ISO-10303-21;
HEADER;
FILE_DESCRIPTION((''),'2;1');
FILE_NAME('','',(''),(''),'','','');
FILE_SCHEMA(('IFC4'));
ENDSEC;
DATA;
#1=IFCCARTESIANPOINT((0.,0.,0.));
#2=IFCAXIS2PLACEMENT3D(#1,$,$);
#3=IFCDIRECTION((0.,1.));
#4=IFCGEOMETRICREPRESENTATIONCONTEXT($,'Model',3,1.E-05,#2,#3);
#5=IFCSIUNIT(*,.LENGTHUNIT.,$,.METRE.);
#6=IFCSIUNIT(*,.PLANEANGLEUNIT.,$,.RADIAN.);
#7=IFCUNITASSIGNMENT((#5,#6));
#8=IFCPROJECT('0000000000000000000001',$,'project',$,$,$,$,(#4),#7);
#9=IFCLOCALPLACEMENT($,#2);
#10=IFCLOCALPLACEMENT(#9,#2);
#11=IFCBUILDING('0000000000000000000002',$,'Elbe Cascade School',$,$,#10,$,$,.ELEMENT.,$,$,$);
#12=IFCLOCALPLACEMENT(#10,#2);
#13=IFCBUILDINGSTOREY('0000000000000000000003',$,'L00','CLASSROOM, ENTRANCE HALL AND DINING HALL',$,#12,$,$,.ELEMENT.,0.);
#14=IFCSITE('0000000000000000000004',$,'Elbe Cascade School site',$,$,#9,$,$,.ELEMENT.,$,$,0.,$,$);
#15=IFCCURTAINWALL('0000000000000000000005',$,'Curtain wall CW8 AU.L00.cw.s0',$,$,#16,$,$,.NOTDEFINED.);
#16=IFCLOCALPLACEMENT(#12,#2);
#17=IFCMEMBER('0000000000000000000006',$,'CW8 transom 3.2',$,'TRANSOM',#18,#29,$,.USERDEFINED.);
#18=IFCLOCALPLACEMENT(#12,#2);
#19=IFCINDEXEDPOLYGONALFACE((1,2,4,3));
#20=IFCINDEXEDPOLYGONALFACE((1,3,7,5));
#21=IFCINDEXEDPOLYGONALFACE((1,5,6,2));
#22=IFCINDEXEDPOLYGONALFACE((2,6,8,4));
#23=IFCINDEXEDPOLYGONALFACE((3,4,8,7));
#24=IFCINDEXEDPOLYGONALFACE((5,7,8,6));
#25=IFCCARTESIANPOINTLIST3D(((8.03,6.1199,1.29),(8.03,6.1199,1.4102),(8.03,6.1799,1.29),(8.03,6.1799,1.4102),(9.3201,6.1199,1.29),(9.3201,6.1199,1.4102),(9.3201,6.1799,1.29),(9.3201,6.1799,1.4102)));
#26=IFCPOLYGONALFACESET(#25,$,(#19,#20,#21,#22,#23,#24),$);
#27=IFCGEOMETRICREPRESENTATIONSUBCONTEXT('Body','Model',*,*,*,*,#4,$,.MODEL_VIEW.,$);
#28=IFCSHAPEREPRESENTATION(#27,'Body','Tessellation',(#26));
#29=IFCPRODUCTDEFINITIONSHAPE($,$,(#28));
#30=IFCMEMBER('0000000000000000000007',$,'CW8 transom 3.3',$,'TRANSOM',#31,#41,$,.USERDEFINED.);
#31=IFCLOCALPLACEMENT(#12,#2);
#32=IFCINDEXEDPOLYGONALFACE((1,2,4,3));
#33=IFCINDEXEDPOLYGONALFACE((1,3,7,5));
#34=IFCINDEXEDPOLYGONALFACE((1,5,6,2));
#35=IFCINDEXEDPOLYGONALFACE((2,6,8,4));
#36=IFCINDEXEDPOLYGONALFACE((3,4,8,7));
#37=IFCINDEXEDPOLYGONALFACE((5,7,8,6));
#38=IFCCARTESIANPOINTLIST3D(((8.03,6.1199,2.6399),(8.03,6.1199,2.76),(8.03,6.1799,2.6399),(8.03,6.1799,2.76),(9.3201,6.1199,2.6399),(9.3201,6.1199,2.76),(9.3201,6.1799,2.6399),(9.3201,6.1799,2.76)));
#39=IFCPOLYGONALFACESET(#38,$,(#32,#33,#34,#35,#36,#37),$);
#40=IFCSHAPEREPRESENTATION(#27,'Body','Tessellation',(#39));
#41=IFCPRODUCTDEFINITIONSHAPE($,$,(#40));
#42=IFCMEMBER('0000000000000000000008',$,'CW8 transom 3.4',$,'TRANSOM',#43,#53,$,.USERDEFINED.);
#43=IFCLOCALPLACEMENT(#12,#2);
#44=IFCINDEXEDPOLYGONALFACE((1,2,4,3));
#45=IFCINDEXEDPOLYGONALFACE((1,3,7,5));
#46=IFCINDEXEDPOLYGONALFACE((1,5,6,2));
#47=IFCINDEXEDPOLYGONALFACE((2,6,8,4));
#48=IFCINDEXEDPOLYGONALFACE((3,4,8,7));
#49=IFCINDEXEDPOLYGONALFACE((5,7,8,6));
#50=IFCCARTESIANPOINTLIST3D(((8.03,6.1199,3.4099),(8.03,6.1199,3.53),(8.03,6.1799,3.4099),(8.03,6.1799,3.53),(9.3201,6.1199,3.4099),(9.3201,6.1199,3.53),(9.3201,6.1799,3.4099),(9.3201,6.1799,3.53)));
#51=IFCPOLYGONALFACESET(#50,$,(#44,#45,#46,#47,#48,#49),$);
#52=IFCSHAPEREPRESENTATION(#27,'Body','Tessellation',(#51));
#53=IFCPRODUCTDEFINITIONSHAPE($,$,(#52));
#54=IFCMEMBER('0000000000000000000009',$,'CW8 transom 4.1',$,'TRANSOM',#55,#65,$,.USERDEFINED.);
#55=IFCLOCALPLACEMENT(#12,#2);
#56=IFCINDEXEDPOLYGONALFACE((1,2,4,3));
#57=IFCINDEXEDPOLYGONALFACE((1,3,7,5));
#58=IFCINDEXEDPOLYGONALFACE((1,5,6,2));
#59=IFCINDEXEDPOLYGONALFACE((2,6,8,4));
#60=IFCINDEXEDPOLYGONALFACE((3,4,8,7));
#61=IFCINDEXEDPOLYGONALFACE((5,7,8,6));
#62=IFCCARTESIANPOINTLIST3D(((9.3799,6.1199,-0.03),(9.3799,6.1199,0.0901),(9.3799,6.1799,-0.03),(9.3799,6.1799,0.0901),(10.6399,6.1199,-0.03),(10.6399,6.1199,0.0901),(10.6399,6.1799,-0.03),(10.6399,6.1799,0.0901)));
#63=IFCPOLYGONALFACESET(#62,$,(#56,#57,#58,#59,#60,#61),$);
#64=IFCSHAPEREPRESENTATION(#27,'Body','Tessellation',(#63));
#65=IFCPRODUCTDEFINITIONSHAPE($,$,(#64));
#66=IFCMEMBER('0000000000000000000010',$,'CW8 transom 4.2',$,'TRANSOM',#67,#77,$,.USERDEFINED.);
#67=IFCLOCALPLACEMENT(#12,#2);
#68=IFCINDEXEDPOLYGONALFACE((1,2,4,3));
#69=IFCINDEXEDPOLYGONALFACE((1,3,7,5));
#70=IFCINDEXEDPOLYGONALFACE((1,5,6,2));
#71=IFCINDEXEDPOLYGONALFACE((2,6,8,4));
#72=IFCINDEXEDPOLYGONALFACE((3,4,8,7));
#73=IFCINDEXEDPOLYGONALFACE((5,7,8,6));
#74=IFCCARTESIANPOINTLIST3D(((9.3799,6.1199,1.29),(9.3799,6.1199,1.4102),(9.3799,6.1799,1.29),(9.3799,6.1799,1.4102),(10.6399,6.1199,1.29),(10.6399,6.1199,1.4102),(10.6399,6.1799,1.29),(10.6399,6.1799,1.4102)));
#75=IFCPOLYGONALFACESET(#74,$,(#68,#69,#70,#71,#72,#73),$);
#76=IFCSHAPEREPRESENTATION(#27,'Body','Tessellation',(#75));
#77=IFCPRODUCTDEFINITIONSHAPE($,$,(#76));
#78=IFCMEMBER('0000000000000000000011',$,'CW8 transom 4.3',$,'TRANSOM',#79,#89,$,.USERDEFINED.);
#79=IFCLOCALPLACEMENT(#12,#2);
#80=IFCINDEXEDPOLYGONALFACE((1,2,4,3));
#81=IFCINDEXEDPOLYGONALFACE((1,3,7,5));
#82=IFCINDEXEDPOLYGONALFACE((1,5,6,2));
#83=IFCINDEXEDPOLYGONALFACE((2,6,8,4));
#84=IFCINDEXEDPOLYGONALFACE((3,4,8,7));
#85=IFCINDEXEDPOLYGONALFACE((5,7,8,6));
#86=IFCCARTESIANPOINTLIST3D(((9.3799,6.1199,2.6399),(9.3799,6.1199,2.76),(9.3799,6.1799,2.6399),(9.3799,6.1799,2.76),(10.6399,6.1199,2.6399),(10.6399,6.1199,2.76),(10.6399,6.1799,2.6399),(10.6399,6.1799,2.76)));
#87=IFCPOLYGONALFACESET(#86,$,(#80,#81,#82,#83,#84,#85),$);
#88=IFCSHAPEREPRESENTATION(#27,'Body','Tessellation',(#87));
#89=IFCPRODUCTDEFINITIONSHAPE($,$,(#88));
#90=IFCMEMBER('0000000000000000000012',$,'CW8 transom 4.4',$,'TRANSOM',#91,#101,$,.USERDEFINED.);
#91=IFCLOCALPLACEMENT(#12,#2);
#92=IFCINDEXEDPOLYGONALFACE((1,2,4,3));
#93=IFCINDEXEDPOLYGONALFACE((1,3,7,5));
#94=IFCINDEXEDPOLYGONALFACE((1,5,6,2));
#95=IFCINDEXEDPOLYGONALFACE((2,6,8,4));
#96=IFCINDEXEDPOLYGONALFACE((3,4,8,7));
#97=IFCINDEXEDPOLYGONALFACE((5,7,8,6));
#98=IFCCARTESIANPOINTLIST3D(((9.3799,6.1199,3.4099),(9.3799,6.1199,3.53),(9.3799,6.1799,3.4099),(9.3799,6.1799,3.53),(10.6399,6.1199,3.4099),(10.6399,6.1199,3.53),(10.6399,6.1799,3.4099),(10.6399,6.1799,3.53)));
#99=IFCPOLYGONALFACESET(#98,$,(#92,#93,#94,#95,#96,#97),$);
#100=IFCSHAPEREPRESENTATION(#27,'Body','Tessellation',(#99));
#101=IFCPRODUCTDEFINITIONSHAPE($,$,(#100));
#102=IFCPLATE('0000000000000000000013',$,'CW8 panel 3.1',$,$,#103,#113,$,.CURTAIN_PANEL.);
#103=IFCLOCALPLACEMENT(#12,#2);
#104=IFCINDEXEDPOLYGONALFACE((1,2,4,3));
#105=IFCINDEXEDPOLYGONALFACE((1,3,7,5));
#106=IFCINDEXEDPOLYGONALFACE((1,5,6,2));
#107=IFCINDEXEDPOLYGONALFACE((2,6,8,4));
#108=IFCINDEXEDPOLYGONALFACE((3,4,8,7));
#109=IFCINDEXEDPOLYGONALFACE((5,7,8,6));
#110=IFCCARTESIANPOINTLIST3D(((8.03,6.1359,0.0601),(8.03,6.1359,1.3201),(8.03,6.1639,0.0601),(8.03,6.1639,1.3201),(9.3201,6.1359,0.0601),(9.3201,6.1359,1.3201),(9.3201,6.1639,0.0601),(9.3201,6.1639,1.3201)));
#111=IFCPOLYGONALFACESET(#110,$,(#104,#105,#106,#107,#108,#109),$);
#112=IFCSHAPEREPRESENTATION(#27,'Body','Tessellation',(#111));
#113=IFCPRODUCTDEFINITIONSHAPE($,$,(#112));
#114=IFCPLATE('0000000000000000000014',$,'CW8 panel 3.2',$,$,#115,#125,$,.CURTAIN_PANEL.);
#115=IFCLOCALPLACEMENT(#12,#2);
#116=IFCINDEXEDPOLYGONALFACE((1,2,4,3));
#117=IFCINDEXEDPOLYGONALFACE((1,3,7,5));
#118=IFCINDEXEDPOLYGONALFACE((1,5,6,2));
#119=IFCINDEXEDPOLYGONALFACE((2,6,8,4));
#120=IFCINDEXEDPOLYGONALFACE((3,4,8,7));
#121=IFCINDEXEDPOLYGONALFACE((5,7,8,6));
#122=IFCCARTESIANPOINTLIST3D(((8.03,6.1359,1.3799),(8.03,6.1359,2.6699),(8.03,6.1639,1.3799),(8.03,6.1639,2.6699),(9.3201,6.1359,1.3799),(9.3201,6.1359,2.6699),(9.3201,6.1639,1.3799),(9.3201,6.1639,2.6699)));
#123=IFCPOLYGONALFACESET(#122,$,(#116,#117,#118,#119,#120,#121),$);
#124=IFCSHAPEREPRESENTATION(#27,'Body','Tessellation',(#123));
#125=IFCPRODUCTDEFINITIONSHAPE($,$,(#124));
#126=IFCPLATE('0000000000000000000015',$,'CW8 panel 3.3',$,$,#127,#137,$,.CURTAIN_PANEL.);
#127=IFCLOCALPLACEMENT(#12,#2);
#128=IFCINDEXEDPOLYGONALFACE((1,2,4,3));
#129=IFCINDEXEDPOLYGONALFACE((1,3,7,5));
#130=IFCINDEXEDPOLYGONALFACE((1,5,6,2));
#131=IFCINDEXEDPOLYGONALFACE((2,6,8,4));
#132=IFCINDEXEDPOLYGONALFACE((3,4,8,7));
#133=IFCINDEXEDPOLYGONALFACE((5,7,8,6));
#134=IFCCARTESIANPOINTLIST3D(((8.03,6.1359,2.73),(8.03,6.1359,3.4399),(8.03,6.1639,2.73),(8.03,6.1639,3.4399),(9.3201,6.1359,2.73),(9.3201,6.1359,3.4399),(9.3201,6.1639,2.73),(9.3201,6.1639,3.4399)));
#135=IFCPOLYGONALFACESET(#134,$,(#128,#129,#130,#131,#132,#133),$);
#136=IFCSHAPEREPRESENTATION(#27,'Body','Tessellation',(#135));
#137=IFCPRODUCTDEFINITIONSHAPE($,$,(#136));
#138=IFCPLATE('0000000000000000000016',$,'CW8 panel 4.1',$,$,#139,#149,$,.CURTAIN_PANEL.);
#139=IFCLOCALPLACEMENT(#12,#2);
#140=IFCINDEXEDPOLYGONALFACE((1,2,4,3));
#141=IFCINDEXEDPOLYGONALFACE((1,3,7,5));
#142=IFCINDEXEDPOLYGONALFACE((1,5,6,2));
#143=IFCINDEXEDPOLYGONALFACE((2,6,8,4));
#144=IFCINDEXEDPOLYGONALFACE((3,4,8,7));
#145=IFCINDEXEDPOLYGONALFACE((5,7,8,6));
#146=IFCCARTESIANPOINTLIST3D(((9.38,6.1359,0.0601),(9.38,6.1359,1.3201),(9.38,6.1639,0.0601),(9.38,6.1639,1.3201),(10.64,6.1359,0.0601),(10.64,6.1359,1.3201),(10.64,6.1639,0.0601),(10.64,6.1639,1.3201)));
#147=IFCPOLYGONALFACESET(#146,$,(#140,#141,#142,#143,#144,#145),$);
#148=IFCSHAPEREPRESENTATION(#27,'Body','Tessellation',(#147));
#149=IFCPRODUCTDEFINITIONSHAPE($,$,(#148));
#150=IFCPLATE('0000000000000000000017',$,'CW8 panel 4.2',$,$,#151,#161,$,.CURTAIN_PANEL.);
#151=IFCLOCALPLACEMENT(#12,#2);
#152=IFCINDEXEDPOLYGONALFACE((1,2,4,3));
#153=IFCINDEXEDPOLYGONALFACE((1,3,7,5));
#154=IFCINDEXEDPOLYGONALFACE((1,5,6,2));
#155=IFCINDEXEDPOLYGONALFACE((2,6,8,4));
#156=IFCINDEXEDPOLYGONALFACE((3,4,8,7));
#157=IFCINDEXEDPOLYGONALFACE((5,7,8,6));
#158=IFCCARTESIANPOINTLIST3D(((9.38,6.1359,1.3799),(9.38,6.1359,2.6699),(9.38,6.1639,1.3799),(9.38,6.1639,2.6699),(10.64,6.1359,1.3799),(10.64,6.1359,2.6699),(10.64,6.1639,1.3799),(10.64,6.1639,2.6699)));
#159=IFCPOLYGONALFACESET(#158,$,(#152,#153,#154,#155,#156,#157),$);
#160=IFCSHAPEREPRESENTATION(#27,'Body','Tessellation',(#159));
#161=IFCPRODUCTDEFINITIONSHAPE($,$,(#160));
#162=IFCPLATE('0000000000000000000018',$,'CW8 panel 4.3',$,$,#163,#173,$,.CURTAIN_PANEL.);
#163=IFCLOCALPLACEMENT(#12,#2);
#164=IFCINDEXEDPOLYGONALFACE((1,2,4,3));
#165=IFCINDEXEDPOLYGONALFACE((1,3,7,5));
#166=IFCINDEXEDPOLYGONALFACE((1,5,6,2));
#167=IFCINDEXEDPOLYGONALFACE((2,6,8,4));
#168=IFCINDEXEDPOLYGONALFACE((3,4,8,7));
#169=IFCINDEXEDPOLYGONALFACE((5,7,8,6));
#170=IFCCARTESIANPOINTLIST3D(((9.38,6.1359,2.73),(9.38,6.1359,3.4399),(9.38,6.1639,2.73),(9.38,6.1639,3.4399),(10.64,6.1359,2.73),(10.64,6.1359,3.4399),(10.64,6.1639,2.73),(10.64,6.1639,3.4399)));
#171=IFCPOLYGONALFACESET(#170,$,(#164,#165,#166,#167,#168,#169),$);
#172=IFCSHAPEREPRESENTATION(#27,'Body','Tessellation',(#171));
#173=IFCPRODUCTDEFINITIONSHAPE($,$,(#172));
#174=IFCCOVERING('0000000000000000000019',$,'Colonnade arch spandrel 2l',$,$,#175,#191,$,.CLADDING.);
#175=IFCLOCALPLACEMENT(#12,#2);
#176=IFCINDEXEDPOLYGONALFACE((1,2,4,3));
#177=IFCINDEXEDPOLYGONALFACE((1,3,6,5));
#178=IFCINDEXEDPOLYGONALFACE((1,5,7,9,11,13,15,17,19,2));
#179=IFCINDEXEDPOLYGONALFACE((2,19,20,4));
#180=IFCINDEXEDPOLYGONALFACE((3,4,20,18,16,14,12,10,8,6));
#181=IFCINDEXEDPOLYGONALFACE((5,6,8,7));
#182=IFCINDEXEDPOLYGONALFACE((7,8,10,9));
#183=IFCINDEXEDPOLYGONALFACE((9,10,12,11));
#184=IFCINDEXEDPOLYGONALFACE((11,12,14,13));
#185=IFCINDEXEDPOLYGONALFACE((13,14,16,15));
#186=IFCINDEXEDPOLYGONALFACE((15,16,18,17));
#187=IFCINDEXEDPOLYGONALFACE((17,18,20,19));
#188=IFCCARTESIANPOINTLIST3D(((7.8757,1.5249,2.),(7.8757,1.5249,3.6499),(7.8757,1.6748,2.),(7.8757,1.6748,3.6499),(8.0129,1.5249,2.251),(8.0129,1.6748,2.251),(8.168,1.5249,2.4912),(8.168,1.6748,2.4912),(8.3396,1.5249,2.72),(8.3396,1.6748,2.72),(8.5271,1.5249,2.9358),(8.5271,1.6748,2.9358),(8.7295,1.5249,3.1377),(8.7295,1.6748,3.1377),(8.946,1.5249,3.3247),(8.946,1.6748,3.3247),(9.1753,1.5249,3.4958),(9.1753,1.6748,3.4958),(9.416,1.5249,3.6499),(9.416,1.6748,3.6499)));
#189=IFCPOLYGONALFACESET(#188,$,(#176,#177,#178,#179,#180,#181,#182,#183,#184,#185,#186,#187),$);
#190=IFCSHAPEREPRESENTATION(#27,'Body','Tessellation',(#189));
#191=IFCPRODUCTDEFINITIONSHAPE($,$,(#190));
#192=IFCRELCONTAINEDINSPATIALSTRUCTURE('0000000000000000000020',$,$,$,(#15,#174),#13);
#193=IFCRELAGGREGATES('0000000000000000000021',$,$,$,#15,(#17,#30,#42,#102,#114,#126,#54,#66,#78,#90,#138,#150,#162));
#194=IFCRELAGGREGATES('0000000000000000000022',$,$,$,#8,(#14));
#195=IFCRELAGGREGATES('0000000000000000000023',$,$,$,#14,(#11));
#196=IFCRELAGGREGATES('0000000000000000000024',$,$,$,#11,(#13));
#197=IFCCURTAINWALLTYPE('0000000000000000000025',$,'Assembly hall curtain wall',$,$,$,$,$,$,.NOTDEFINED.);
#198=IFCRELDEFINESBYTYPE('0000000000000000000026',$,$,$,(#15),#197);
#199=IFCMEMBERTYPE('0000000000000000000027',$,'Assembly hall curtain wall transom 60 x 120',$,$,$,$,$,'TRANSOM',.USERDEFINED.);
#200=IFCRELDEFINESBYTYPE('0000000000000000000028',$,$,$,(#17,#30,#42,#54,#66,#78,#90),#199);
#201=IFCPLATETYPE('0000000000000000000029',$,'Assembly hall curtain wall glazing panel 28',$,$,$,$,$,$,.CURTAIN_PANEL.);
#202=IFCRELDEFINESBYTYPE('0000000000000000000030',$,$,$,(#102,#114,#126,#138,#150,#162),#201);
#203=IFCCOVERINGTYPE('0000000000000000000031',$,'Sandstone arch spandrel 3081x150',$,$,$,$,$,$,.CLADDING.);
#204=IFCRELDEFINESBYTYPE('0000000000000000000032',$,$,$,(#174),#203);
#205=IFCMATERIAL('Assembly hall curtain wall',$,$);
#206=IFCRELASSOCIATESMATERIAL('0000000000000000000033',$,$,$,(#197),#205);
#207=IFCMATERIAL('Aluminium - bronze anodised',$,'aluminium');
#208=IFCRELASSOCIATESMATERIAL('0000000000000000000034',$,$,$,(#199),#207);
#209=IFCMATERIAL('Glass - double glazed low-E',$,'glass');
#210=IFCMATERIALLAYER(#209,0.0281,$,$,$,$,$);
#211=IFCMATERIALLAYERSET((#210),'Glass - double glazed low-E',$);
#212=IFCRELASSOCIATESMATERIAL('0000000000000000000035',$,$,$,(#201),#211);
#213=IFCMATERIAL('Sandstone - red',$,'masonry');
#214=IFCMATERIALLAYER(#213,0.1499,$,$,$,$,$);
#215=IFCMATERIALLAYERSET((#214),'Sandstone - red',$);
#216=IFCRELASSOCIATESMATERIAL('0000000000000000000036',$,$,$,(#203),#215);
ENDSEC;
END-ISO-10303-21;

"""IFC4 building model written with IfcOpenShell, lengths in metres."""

from ifc_helpers import new_model, si_unit, direction, frame, origin, origin_2d, place, context, subcontext, project, spatial, polyline, rectangle, outline, extrude, material, layer, layer_set, material_profile, profile_set, type_object, element, aggregate, save


model = new_model("IFC4")

# Units and contexts
model_context = context("Model", 3, precision=1e-05, world=origin(), true_north=direction((0.0, 1.0)))
body_context = subcontext(model_context, "Body", "Model", "MODEL_VIEW")
ifc_project = project(units=[si_unit("LENGTHUNIT", "METRE"), si_unit("PLANEANGLEUNIT", "RADIAN")], contexts=[model_context])

# Site, building, storey
site_placement = place(None, origin())
site = spatial("IfcSite", under=ifc_project, at=site_placement, Name="Elbe Cascade School site", CompositionType="ELEMENT", RefElevation=0.0)
building_placement = place(site_placement, origin())
building = spatial("IfcBuilding", under=site, at=building_placement, Name="Elbe Cascade School", CompositionType="ELEMENT")
storey_placement = place(building_placement, origin())
storey = spatial("IfcBuildingStorey", under=building, at=storey_placement, Name="L00", Description="CLASSROOM, ENTRANCE HALL AND DINING HALL", CompositionType="ELEMENT", Elevation=0.0)

# Curtain wall, members, plates
ifc_material_1 = material(Name="Assembly hall curtain wall")
curtain_wall_type = type_object("IfcCurtainWallType", Name="Assembly hall curtain wall", PredefinedType="NOTDEFINED", material=ifc_material_1)
curtain_wall_placement = place(storey_placement, origin())
curtain_wall = element("IfcCurtainWall", 1, at=curtain_wall_placement, inside=storey, type_object=curtain_wall_type, Name="Curtain wall CW8 AU.L00.cw.s0", PredefinedType="NOTDEFINED")
ifc_material_2 = material(Name="Aluminium - bronze anodised", Category="aluminium")
ifc_material_profile_1 = material_profile(ifc_material_2, rectangle(XDim=0.0601, YDim=0.1201, at=origin_2d()), Name="RECT 60x120")
ifc_profile_set_1 = profile_set([ifc_material_profile_1], Name="Aluminium - bronze anodised")
member_type_1 = type_object("IfcMemberType", Name="Assembly hall curtain wall transom 60 x 120", ElementType="TRANSOM", PredefinedType="USERDEFINED", material=ifc_profile_set_1)
member_1_placement = place(storey_placement, frame((8.03, 6.1499, 1.3501), z_axis=(1.0, 0.0, 0.0), x_axis=(0.0, 1.0, 0.0)))
member_1 = element("IfcMember", 2, at=member_1_placement, type_object=member_type_1, Name="CW8 transom 3.2", ObjectType="TRANSOM", PredefinedType="USERDEFINED", context=body_context, shape_type="SweptSolid", body=[
    extrude(rectangle(XDim=0.0601, YDim=0.1201, at=origin_2d()), origin(), (0.0, 0.0, 1.0), 1.29),
])
member_2_placement = place(storey_placement, frame((8.03, 6.1499, 2.7), z_axis=(1.0, 0.0, 0.0), x_axis=(0.0, 1.0, 0.0)))
member_2 = element("IfcMember", 3, at=member_2_placement, type_object=member_type_1, Name="CW8 transom 3.3", ObjectType="TRANSOM", PredefinedType="USERDEFINED", context=body_context, shape_type="SweptSolid", body=[
    extrude(rectangle(XDim=0.0601, YDim=0.1201, at=origin_2d()), origin(), (0.0, 0.0, 1.0), 1.29),
])
member_3_placement = place(storey_placement, frame((8.03, 6.1499, 3.47), z_axis=(1.0, 0.0, 0.0), x_axis=(0.0, 1.0, 0.0)))
member_3 = element("IfcMember", 4, at=member_3_placement, type_object=member_type_1, Name="CW8 transom 3.4", ObjectType="TRANSOM", PredefinedType="USERDEFINED", context=body_context, shape_type="SweptSolid", body=[
    extrude(rectangle(XDim=0.0601, YDim=0.1201, at=origin_2d()), origin(), (0.0, 0.0, 1.0), 1.29),
])
member_4_placement = place(storey_placement, frame((9.3799, 6.1499, 0.03), z_axis=(1.0, 0.0, 0.0), x_axis=(0.0, 1.0, 0.0)))
member_4 = element("IfcMember", 5, at=member_4_placement, type_object=member_type_1, Name="CW8 transom 4.1", ObjectType="TRANSOM", PredefinedType="USERDEFINED", context=body_context, shape_type="SweptSolid", body=[
    extrude(rectangle(XDim=0.0601, YDim=0.1201, at=origin_2d()), origin(), (0.0, 0.0, 1.0), 1.26),
])
member_5_placement = place(storey_placement, frame((9.3799, 6.1499, 1.3501), z_axis=(1.0, 0.0, 0.0), x_axis=(0.0, 1.0, 0.0)))
member_5 = element("IfcMember", 6, at=member_5_placement, type_object=member_type_1, Name="CW8 transom 4.2", ObjectType="TRANSOM", PredefinedType="USERDEFINED", context=body_context, shape_type="SweptSolid", body=[
    extrude(rectangle(XDim=0.0601, YDim=0.1201, at=origin_2d()), origin(), (0.0, 0.0, 1.0), 1.26),
])
member_6_placement = place(storey_placement, frame((9.3799, 6.1499, 2.7), z_axis=(1.0, 0.0, 0.0), x_axis=(0.0, 1.0, 0.0)))
member_6 = element("IfcMember", 7, at=member_6_placement, type_object=member_type_1, Name="CW8 transom 4.3", ObjectType="TRANSOM", PredefinedType="USERDEFINED", context=body_context, shape_type="SweptSolid", body=[
    extrude(rectangle(XDim=0.0601, YDim=0.1201, at=origin_2d()), origin(), (0.0, 0.0, 1.0), 1.26),
])
member_7_placement = place(storey_placement, frame((9.3799, 6.1499, 3.47), z_axis=(1.0, 0.0, 0.0), x_axis=(0.0, 1.0, 0.0)))
member_7 = element("IfcMember", 8, at=member_7_placement, type_object=member_type_1, Name="CW8 transom 4.4", ObjectType="TRANSOM", PredefinedType="USERDEFINED", context=body_context, shape_type="SweptSolid", body=[
    extrude(rectangle(XDim=0.0601, YDim=0.1201, at=origin_2d()), origin(), (0.0, 0.0, 1.0), 1.26),
])
ifc_material_3 = material(Name="Glass - double glazed low-E", Category="glass")
ifc_layer_1 = layer(ifc_material_3, 0.0281)
ifc_layer_set_1 = layer_set([ifc_layer_1], Name="Glass - double glazed low-E")
plate_type = type_object("IfcPlateType", Name="Assembly hall curtain wall glazing panel 28", PredefinedType="CURTAIN_PANEL", material=ifc_layer_set_1)
plate_1_placement = place(storey_placement, frame((8.675, 6.1499, 0.0601), z_axis=(0.0, 0.0, 1.0), x_axis=(1.0, 0.0, 0.0)))
plate_1 = element("IfcPlate", 9, at=plate_1_placement, type_object=plate_type, Name="CW8 panel 3.1", PredefinedType="CURTAIN_PANEL", context=body_context, shape_type="SweptSolid", body=[
    extrude(rectangle(XDim=1.29, YDim=0.0281, at=origin_2d()), origin(), (0.0, 0.0, 1.0), 1.26),
])
plate_2_placement = place(storey_placement, frame((8.675, 6.1499, 1.3799), z_axis=(0.0, 0.0, 1.0), x_axis=(1.0, 0.0, 0.0)))
plate_2 = element("IfcPlate", 10, at=plate_2_placement, type_object=plate_type, Name="CW8 panel 3.2", PredefinedType="CURTAIN_PANEL", context=body_context, shape_type="SweptSolid", body=[
    extrude(rectangle(XDim=1.29, YDim=0.0281, at=origin_2d()), origin(), (0.0, 0.0, 1.0), 1.29),
])
plate_3_placement = place(storey_placement, frame((8.675, 6.1499, 2.73), z_axis=(0.0, 0.0, 1.0), x_axis=(1.0, 0.0, 0.0)))
plate_3 = element("IfcPlate", 11, at=plate_3_placement, type_object=plate_type, Name="CW8 panel 3.3", PredefinedType="CURTAIN_PANEL", context=body_context, shape_type="SweptSolid", body=[
    extrude(rectangle(XDim=1.29, YDim=0.0281, at=origin_2d()), origin(), (0.0, 0.0, 1.0), 0.71),
])
plate_4_placement = place(storey_placement, frame((10.01, 6.1499, 0.0601), z_axis=(0.0, 0.0, 1.0), x_axis=(1.0, 0.0, 0.0)))
plate_4 = element("IfcPlate", 12, at=plate_4_placement, type_object=plate_type, Name="CW8 panel 4.1", PredefinedType="CURTAIN_PANEL", context=body_context, shape_type="SweptSolid", body=[
    extrude(rectangle(XDim=1.26, YDim=0.0281, at=origin_2d()), origin(), (0.0, 0.0, 1.0), 1.26),
])
plate_5_placement = place(storey_placement, frame((10.01, 6.1499, 1.3799), z_axis=(0.0, 0.0, 1.0), x_axis=(1.0, 0.0, 0.0)))
plate_5 = element("IfcPlate", 13, at=plate_5_placement, type_object=plate_type, Name="CW8 panel 4.2", PredefinedType="CURTAIN_PANEL", context=body_context, shape_type="SweptSolid", body=[
    extrude(rectangle(XDim=1.26, YDim=0.0281, at=origin_2d()), origin(), (0.0, 0.0, 1.0), 1.29),
])
plate_6_placement = place(storey_placement, frame((10.01, 6.1499, 2.73), z_axis=(0.0, 0.0, 1.0), x_axis=(1.0, 0.0, 0.0)))
plate_6 = element("IfcPlate", 14, at=plate_6_placement, type_object=plate_type, Name="CW8 panel 4.3", PredefinedType="CURTAIN_PANEL", context=body_context, shape_type="SweptSolid", body=[
    extrude(rectangle(XDim=1.26, YDim=0.0281, at=origin_2d()), origin(), (0.0, 0.0, 1.0), 0.71),
])
aggregate(curtain_wall, [member_1, member_2, member_3, plate_1, plate_2, plate_3, member_4, member_5, member_6, member_7, plate_4, plate_5, plate_6])

# Covering
ifc_material_4 = material(Name="Sandstone - red", Category="masonry")
ifc_layer_2 = layer(ifc_material_4, 0.1499)
ifc_layer_set_2 = layer_set([ifc_layer_2], Name="Sandstone - red")
covering_type = type_object("IfcCoveringType", Name="Sandstone arch spandrel 3081x150", PredefinedType="CLADDING", material=ifc_layer_set_2)
covering_1_placement = place(storey_placement, frame((7.8757, 1.5249, 3.6499), z_axis=(0.0, -1.0, 0.0), x_axis=(0.0, 0.0, -1.0)))
element("IfcCovering", 15, at=covering_1_placement, inside=storey, type_object=covering_type, Name="Colonnade arch spandrel 2l", PredefinedType="CLADDING", context=body_context, shape_type="SweptSolid", body=[
    extrude(outline(polyline([(0.0, 0.0), (1.6499, 0.0), (1.3989, 0.1372), (1.1587, 0.2922), (0.9299, 0.4639), (0.7141, 0.6514), (0.5122, 0.8538), (0.3252, 1.0703), (0.1541, 1.2996), (0.0, 1.5403), (0.0, 0.0)])), origin(), (0.0, 0.0, -1.0), 0.1499),
])

save(model, "model.ifc")
